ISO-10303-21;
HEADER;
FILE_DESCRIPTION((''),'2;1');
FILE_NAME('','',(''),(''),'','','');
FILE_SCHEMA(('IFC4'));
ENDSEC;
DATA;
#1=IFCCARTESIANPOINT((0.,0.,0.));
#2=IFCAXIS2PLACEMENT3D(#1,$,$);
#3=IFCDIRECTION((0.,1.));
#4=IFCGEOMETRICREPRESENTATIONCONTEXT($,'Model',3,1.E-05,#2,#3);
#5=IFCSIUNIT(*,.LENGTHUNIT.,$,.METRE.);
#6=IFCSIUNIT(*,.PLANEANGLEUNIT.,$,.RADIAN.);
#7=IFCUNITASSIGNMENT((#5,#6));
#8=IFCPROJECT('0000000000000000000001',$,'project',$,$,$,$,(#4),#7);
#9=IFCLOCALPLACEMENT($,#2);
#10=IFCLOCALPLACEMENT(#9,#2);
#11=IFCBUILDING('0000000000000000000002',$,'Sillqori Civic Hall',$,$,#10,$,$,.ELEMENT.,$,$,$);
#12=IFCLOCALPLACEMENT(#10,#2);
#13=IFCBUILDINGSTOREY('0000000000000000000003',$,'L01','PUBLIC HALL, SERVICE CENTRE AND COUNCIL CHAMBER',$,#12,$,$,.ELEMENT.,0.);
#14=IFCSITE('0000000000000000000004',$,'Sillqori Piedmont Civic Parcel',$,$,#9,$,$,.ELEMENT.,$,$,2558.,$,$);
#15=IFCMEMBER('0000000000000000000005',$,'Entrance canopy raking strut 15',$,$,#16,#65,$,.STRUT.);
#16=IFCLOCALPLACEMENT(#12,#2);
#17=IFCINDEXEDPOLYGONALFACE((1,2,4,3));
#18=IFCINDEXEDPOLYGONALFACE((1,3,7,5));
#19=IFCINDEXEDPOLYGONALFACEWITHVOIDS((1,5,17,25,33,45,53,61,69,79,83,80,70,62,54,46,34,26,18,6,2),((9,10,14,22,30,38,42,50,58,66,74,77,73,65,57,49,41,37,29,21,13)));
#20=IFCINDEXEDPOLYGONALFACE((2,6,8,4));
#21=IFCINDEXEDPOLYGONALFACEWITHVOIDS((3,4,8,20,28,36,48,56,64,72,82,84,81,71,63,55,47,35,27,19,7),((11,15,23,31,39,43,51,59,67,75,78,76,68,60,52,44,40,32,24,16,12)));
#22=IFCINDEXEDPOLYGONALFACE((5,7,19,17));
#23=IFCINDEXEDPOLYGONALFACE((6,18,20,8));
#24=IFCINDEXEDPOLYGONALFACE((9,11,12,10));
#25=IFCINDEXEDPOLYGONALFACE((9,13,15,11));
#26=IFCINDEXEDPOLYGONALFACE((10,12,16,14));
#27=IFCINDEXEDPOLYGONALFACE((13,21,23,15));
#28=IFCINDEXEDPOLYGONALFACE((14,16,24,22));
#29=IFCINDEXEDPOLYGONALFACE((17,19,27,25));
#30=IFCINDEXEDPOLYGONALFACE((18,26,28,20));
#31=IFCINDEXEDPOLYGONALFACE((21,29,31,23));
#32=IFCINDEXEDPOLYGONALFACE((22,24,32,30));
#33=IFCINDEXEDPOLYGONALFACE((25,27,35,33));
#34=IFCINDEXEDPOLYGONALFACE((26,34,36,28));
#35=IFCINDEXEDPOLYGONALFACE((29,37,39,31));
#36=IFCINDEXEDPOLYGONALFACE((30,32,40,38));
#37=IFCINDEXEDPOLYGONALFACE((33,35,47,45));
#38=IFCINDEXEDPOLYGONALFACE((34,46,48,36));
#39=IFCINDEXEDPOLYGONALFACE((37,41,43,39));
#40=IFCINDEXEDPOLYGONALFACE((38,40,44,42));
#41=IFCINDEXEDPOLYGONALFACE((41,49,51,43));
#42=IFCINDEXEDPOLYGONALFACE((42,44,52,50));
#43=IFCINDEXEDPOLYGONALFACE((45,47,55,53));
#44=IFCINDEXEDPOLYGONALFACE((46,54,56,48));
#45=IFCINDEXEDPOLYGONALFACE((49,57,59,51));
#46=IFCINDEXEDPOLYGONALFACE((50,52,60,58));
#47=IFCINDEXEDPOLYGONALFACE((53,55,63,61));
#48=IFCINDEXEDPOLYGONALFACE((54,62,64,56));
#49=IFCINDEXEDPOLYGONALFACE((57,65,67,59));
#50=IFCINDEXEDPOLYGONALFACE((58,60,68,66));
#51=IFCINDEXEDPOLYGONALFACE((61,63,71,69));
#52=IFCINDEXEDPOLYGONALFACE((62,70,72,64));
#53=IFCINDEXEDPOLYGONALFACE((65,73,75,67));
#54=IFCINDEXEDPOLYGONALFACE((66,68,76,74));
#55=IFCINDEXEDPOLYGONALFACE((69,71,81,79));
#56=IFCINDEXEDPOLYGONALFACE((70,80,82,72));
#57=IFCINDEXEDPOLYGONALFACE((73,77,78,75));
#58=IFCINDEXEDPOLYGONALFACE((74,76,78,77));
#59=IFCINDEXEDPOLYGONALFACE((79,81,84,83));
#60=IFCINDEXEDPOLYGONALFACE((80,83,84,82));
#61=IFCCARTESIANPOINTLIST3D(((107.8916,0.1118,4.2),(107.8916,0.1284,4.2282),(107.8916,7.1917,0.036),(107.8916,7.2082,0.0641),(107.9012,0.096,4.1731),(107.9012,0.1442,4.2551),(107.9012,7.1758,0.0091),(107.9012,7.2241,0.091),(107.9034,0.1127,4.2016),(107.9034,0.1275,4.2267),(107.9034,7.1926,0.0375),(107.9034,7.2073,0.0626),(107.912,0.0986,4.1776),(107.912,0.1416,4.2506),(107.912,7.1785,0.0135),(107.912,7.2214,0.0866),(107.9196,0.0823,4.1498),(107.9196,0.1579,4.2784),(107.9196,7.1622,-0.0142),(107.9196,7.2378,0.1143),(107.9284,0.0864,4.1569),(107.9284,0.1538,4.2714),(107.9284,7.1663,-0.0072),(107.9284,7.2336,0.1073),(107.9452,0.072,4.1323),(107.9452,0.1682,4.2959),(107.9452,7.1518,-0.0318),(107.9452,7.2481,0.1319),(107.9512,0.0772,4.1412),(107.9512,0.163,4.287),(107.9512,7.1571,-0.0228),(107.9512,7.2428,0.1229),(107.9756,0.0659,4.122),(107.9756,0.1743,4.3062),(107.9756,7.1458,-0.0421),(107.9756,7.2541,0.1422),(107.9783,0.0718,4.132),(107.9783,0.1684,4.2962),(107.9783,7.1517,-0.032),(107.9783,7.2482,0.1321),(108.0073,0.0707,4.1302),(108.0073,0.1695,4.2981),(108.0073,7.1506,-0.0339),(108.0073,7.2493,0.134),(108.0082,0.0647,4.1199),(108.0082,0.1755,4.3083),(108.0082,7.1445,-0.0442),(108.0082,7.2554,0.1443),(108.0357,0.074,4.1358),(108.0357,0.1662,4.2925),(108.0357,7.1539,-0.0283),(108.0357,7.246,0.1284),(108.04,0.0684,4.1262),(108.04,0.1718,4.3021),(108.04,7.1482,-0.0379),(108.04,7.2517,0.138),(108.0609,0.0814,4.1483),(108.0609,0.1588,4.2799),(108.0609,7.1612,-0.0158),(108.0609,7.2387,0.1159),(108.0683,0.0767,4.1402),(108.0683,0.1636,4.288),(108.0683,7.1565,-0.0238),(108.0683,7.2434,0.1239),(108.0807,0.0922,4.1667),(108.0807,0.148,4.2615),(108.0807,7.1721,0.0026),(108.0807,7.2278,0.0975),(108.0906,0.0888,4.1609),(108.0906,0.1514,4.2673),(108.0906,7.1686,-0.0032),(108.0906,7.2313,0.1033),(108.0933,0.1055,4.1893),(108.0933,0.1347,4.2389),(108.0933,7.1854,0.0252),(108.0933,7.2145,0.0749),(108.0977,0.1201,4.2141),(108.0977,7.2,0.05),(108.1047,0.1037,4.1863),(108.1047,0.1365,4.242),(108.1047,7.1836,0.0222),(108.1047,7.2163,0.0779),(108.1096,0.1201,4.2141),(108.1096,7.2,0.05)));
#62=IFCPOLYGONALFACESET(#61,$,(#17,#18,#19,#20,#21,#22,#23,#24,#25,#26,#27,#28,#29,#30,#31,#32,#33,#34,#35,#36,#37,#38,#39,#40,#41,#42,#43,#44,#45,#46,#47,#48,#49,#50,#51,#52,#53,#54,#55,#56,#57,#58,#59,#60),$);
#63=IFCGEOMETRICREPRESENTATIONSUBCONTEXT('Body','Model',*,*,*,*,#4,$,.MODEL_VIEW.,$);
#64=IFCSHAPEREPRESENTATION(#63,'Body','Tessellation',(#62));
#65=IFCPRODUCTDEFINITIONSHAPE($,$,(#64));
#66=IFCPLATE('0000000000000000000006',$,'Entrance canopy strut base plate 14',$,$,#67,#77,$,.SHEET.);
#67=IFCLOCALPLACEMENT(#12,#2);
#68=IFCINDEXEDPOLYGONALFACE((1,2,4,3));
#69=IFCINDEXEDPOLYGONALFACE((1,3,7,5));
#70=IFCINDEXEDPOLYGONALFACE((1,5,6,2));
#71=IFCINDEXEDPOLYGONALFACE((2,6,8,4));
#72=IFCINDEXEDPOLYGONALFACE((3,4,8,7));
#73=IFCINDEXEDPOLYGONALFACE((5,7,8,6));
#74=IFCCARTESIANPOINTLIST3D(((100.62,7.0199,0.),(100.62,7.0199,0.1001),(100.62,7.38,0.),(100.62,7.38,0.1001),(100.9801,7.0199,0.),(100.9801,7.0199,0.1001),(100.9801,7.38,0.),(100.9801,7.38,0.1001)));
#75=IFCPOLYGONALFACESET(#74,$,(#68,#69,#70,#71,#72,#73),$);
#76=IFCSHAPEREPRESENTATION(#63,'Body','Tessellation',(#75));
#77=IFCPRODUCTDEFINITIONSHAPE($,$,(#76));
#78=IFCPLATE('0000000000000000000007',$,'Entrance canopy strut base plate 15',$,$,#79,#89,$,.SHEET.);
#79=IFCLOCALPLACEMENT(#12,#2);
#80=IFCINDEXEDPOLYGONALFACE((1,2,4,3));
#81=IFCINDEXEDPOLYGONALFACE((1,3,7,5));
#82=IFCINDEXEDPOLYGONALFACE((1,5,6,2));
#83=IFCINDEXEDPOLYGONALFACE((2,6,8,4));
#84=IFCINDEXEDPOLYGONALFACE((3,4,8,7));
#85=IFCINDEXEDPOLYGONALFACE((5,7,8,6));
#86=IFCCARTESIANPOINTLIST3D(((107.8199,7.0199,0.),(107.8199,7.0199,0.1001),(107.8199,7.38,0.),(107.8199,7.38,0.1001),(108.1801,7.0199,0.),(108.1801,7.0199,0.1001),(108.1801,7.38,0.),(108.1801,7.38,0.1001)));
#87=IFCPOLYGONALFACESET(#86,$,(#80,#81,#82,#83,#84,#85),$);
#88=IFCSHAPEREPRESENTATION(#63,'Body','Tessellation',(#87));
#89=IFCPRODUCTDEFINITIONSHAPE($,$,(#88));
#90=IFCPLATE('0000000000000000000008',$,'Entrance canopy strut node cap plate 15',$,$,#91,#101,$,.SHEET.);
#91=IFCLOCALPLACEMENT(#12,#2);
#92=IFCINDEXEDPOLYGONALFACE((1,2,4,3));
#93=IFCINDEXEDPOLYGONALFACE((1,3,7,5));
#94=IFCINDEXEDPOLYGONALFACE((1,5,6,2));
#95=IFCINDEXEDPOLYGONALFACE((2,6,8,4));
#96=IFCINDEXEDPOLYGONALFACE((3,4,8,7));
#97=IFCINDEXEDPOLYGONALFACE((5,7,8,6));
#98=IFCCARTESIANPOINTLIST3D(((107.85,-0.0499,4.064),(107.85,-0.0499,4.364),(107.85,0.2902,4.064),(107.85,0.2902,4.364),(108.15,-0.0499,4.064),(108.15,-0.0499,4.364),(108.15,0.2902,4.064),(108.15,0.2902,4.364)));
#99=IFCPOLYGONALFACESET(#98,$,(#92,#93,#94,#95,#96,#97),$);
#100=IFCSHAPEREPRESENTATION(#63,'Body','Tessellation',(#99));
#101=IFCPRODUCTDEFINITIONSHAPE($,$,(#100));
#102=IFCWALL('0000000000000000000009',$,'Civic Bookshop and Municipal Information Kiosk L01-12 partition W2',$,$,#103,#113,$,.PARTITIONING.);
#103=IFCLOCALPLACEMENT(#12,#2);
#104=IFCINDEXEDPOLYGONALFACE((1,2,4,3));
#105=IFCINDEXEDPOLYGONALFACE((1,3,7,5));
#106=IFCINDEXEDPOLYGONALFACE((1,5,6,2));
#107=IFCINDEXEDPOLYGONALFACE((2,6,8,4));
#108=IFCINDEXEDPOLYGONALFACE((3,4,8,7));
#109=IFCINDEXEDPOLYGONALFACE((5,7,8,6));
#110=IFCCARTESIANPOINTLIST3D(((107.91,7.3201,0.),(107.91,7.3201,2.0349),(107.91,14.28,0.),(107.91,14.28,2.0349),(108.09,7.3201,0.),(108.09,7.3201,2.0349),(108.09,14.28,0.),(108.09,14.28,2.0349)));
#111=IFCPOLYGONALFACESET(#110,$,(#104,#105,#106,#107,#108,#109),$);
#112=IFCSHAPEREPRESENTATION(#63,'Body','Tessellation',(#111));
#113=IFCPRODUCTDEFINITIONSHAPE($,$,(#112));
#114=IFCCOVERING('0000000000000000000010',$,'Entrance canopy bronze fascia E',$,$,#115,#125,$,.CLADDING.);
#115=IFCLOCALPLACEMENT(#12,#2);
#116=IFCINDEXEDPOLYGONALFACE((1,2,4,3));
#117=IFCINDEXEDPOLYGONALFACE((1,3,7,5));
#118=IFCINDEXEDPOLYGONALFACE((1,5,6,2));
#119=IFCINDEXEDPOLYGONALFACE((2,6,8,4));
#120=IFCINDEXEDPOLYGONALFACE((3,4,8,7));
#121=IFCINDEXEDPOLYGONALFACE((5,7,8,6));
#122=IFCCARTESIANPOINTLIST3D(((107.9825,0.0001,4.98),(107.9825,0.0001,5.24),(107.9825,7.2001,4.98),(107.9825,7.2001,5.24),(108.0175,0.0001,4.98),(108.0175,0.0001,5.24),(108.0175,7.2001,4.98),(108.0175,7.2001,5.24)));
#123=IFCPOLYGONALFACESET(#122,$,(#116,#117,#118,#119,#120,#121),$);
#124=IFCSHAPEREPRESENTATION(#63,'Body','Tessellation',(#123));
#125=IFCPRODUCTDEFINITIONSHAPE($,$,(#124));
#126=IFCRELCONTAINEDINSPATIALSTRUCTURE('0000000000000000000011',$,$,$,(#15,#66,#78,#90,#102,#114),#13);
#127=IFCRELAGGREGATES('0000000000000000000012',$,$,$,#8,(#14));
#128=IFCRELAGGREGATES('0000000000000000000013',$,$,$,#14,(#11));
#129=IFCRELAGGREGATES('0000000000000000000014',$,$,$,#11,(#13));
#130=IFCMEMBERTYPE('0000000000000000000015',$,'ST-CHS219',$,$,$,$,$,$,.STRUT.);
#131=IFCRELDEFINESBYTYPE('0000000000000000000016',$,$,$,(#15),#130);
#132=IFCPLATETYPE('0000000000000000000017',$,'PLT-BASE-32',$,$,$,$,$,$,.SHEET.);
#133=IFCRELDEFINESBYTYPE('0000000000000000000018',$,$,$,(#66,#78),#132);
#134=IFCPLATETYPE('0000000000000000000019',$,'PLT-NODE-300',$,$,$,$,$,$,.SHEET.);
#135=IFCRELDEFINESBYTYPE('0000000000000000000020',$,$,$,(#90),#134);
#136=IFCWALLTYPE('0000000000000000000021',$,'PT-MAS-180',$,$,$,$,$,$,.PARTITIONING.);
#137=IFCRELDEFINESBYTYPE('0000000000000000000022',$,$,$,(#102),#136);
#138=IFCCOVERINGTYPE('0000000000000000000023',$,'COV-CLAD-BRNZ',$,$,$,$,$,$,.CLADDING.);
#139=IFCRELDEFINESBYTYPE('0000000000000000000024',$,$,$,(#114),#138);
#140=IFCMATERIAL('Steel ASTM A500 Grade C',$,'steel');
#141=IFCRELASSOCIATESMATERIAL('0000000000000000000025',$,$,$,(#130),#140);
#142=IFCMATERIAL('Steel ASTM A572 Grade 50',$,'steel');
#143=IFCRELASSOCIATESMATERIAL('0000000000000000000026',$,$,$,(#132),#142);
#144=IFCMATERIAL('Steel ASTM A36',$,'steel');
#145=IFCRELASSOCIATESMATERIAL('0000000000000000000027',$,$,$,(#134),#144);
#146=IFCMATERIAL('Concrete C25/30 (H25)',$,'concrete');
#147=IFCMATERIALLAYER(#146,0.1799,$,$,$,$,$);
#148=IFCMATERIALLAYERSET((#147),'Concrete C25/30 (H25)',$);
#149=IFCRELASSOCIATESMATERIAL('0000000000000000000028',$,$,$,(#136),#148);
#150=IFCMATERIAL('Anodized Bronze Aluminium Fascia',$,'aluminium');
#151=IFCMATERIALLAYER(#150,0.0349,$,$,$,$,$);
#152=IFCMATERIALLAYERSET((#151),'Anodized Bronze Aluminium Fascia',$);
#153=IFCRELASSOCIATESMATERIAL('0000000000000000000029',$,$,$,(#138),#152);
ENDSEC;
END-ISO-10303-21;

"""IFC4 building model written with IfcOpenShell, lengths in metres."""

from ifc_helpers import new_model, si_unit, direction, frame, frame_2d, origin, origin_2d, place, context, subcontext, project, spatial, rectangle, hollow_circle, extrude, material, layer, layer_set, material_profile, profile_set, type_object, element, save


model = new_model("IFC4")

# Units and contexts
model_context = context("Model", 3, precision=1e-05, world=origin(), true_north=direction((0.0, 1.0)))
body_context = subcontext(model_context, "Body", "Model", "MODEL_VIEW")
ifc_project = project(units=[si_unit("LENGTHUNIT", "METRE"), si_unit("PLANEANGLEUNIT", "RADIAN")], contexts=[model_context])

# Site, building, storey
site_placement = place(None, origin())
site = spatial("IfcSite", under=ifc_project, at=site_placement, Name="Sillqori Piedmont Civic Parcel", CompositionType="ELEMENT", RefElevation=2558.0)
building_placement = place(site_placement, origin())
building = spatial("IfcBuilding", under=site, at=building_placement, Name="Sillqori Civic Hall", CompositionType="ELEMENT")
storey_placement = place(building_placement, origin())
storey = spatial("IfcBuildingStorey", under=building, at=storey_placement, Name="L01", Description="PUBLIC HALL, SERVICE CENTRE AND COUNCIL CHAMBER", CompositionType="ELEMENT", Elevation=0.0)

# Member
ifc_material_1 = material(Name="Steel ASTM A500 Grade C", Category="steel")
ifc_material_profile_1 = material_profile(ifc_material_1, hollow_circle(Radius=0.1096, WallThickness=0.012, at=origin_2d()), Name="CHS219X12")
ifc_profile_set_1 = profile_set([ifc_material_profile_1], Name="Steel ASTM A500 Grade C")
member_type_1 = type_object("IfcMemberType", Name="ST-CHS219", PredefinedType="STRUT", material=ifc_profile_set_1)
for number, where, z_axis, x_axis, name in (
    (1, (108.0, 7.2, 0.05), (0.0, -0.861963, 0.506971), (1.0, 0.0, 0.0), "Entrance canopy raking strut 15"),
):
    element("IfcMember", number, at=place(storey_placement, frame(where, z_axis=z_axis, x_axis=x_axis)), inside=storey, type_object=member_type_1, Name=name, PredefinedType="STRUT", context=body_context, shape_type="SweptSolid", body=[
        extrude(hollow_circle(Radius=0.1096, WallThickness=0.012, at=origin_2d()), origin(), (0.0, 0.0, 1.0), 8.2136),
    ])

# Plates
ifc_material_2 = material(Name="Steel ASTM A572 Grade 50", Category="steel")
plate_type_1 = type_object("IfcPlateType", Name="PLT-BASE-32", PredefinedType="SHEET", material=ifc_material_2)
for number, where, z_axis, x_axis, name in (
    (2, (100.8, 7.2, 0.0), (0.0, 0.0, 1.0), (1.0, 0.0, 0.0), "Entrance canopy strut base plate 14"),
    (3, (108.0, 7.2, 0.0), (0.0, 0.0, 1.0), (1.0, 0.0, 0.0), "Entrance canopy strut base plate 15"),
):
    element("IfcPlate", number, at=place(storey_placement, frame(where, z_axis=z_axis, x_axis=x_axis)), inside=storey, type_object=plate_type_1, Name=name, PredefinedType="SHEET", context=body_context, shape_type="SweptSolid", body=[
        extrude(rectangle(XDim=0.3601, YDim=0.3601, at=origin_2d()), origin(), (0.0, 0.0, 1.0), 0.1001),
    ])
ifc_material_3 = material(Name="Steel ASTM A36", Category="steel")
plate_type_2 = type_object("IfcPlateType", Name="PLT-NODE-300", PredefinedType="SHEET", material=ifc_material_3)
plate_1_placement = place(storey_placement, frame((108.0, 0.1201, 4.064), z_axis=(0.0, 0.0, 1.0), x_axis=(1.0, 0.0, 0.0)))
element("IfcPlate", 4, at=plate_1_placement, inside=storey, type_object=plate_type_2, Name="Entrance canopy strut node cap plate 15", PredefinedType="SHEET", context=body_context, shape_type="SweptSolid", body=[
    extrude(rectangle(XDim=0.3, YDim=0.3401, at=origin_2d()), origin(), (0.0, 0.0, 1.0), 0.3),
])

# Wall
ifc_material_4 = material(Name="Concrete C25/30 (H25)", Category="concrete")
ifc_layer_1 = layer(ifc_material_4, 0.1799)
ifc_layer_set_1 = layer_set([ifc_layer_1], Name="Concrete C25/30 (H25)")
wall_type = type_object("IfcWallType", Name="PT-MAS-180", PredefinedType="PARTITIONING", material=ifc_layer_set_1)
wall_placement = place(storey_placement, frame((108.0, 7.3201, 0.0), z_axis=(0.0, 0.0, 1.0), x_axis=(0.0, 1.0, 0.0)))
element("IfcWall", 5, at=wall_placement, inside=storey, type_object=wall_type, Name="Civic Bookshop and Municipal Information Kiosk L01-12 partition W2", PredefinedType="PARTITIONING", context=body_context, shape_type="SweptSolid", body=[
    extrude(rectangle(XDim=6.96, YDim=0.1799, at=frame_2d((3.48, 0.0))), origin(), (0.0, 0.0, 1.0), 2.0349),
])

# Covering
ifc_material_5 = material(Name="Anodized Bronze Aluminium Fascia", Category="aluminium")
ifc_layer_2 = layer(ifc_material_5, 0.0349)
ifc_layer_set_2 = layer_set([ifc_layer_2], Name="Anodized Bronze Aluminium Fascia")
covering_type = type_object("IfcCoveringType", Name="COV-CLAD-BRNZ", PredefinedType="CLADDING", material=ifc_layer_set_2)
covering_placement = place(storey_placement, frame((108.0, 0.0, 4.98), z_axis=(0.0, 0.0, 1.0), x_axis=(0.0, 1.0, 0.0)))
element("IfcCovering", 6, at=covering_placement, inside=storey, type_object=covering_type, Name="Entrance canopy bronze fascia E", PredefinedType="CLADDING", context=body_context, shape_type="SweptSolid", body=[
    extrude(rectangle(XDim=7.2, YDim=0.0349, at=frame_2d((3.6001, 0.0))), origin(), (0.0, 0.0, 1.0), 0.26),
])

save(model, "model.ifc")
